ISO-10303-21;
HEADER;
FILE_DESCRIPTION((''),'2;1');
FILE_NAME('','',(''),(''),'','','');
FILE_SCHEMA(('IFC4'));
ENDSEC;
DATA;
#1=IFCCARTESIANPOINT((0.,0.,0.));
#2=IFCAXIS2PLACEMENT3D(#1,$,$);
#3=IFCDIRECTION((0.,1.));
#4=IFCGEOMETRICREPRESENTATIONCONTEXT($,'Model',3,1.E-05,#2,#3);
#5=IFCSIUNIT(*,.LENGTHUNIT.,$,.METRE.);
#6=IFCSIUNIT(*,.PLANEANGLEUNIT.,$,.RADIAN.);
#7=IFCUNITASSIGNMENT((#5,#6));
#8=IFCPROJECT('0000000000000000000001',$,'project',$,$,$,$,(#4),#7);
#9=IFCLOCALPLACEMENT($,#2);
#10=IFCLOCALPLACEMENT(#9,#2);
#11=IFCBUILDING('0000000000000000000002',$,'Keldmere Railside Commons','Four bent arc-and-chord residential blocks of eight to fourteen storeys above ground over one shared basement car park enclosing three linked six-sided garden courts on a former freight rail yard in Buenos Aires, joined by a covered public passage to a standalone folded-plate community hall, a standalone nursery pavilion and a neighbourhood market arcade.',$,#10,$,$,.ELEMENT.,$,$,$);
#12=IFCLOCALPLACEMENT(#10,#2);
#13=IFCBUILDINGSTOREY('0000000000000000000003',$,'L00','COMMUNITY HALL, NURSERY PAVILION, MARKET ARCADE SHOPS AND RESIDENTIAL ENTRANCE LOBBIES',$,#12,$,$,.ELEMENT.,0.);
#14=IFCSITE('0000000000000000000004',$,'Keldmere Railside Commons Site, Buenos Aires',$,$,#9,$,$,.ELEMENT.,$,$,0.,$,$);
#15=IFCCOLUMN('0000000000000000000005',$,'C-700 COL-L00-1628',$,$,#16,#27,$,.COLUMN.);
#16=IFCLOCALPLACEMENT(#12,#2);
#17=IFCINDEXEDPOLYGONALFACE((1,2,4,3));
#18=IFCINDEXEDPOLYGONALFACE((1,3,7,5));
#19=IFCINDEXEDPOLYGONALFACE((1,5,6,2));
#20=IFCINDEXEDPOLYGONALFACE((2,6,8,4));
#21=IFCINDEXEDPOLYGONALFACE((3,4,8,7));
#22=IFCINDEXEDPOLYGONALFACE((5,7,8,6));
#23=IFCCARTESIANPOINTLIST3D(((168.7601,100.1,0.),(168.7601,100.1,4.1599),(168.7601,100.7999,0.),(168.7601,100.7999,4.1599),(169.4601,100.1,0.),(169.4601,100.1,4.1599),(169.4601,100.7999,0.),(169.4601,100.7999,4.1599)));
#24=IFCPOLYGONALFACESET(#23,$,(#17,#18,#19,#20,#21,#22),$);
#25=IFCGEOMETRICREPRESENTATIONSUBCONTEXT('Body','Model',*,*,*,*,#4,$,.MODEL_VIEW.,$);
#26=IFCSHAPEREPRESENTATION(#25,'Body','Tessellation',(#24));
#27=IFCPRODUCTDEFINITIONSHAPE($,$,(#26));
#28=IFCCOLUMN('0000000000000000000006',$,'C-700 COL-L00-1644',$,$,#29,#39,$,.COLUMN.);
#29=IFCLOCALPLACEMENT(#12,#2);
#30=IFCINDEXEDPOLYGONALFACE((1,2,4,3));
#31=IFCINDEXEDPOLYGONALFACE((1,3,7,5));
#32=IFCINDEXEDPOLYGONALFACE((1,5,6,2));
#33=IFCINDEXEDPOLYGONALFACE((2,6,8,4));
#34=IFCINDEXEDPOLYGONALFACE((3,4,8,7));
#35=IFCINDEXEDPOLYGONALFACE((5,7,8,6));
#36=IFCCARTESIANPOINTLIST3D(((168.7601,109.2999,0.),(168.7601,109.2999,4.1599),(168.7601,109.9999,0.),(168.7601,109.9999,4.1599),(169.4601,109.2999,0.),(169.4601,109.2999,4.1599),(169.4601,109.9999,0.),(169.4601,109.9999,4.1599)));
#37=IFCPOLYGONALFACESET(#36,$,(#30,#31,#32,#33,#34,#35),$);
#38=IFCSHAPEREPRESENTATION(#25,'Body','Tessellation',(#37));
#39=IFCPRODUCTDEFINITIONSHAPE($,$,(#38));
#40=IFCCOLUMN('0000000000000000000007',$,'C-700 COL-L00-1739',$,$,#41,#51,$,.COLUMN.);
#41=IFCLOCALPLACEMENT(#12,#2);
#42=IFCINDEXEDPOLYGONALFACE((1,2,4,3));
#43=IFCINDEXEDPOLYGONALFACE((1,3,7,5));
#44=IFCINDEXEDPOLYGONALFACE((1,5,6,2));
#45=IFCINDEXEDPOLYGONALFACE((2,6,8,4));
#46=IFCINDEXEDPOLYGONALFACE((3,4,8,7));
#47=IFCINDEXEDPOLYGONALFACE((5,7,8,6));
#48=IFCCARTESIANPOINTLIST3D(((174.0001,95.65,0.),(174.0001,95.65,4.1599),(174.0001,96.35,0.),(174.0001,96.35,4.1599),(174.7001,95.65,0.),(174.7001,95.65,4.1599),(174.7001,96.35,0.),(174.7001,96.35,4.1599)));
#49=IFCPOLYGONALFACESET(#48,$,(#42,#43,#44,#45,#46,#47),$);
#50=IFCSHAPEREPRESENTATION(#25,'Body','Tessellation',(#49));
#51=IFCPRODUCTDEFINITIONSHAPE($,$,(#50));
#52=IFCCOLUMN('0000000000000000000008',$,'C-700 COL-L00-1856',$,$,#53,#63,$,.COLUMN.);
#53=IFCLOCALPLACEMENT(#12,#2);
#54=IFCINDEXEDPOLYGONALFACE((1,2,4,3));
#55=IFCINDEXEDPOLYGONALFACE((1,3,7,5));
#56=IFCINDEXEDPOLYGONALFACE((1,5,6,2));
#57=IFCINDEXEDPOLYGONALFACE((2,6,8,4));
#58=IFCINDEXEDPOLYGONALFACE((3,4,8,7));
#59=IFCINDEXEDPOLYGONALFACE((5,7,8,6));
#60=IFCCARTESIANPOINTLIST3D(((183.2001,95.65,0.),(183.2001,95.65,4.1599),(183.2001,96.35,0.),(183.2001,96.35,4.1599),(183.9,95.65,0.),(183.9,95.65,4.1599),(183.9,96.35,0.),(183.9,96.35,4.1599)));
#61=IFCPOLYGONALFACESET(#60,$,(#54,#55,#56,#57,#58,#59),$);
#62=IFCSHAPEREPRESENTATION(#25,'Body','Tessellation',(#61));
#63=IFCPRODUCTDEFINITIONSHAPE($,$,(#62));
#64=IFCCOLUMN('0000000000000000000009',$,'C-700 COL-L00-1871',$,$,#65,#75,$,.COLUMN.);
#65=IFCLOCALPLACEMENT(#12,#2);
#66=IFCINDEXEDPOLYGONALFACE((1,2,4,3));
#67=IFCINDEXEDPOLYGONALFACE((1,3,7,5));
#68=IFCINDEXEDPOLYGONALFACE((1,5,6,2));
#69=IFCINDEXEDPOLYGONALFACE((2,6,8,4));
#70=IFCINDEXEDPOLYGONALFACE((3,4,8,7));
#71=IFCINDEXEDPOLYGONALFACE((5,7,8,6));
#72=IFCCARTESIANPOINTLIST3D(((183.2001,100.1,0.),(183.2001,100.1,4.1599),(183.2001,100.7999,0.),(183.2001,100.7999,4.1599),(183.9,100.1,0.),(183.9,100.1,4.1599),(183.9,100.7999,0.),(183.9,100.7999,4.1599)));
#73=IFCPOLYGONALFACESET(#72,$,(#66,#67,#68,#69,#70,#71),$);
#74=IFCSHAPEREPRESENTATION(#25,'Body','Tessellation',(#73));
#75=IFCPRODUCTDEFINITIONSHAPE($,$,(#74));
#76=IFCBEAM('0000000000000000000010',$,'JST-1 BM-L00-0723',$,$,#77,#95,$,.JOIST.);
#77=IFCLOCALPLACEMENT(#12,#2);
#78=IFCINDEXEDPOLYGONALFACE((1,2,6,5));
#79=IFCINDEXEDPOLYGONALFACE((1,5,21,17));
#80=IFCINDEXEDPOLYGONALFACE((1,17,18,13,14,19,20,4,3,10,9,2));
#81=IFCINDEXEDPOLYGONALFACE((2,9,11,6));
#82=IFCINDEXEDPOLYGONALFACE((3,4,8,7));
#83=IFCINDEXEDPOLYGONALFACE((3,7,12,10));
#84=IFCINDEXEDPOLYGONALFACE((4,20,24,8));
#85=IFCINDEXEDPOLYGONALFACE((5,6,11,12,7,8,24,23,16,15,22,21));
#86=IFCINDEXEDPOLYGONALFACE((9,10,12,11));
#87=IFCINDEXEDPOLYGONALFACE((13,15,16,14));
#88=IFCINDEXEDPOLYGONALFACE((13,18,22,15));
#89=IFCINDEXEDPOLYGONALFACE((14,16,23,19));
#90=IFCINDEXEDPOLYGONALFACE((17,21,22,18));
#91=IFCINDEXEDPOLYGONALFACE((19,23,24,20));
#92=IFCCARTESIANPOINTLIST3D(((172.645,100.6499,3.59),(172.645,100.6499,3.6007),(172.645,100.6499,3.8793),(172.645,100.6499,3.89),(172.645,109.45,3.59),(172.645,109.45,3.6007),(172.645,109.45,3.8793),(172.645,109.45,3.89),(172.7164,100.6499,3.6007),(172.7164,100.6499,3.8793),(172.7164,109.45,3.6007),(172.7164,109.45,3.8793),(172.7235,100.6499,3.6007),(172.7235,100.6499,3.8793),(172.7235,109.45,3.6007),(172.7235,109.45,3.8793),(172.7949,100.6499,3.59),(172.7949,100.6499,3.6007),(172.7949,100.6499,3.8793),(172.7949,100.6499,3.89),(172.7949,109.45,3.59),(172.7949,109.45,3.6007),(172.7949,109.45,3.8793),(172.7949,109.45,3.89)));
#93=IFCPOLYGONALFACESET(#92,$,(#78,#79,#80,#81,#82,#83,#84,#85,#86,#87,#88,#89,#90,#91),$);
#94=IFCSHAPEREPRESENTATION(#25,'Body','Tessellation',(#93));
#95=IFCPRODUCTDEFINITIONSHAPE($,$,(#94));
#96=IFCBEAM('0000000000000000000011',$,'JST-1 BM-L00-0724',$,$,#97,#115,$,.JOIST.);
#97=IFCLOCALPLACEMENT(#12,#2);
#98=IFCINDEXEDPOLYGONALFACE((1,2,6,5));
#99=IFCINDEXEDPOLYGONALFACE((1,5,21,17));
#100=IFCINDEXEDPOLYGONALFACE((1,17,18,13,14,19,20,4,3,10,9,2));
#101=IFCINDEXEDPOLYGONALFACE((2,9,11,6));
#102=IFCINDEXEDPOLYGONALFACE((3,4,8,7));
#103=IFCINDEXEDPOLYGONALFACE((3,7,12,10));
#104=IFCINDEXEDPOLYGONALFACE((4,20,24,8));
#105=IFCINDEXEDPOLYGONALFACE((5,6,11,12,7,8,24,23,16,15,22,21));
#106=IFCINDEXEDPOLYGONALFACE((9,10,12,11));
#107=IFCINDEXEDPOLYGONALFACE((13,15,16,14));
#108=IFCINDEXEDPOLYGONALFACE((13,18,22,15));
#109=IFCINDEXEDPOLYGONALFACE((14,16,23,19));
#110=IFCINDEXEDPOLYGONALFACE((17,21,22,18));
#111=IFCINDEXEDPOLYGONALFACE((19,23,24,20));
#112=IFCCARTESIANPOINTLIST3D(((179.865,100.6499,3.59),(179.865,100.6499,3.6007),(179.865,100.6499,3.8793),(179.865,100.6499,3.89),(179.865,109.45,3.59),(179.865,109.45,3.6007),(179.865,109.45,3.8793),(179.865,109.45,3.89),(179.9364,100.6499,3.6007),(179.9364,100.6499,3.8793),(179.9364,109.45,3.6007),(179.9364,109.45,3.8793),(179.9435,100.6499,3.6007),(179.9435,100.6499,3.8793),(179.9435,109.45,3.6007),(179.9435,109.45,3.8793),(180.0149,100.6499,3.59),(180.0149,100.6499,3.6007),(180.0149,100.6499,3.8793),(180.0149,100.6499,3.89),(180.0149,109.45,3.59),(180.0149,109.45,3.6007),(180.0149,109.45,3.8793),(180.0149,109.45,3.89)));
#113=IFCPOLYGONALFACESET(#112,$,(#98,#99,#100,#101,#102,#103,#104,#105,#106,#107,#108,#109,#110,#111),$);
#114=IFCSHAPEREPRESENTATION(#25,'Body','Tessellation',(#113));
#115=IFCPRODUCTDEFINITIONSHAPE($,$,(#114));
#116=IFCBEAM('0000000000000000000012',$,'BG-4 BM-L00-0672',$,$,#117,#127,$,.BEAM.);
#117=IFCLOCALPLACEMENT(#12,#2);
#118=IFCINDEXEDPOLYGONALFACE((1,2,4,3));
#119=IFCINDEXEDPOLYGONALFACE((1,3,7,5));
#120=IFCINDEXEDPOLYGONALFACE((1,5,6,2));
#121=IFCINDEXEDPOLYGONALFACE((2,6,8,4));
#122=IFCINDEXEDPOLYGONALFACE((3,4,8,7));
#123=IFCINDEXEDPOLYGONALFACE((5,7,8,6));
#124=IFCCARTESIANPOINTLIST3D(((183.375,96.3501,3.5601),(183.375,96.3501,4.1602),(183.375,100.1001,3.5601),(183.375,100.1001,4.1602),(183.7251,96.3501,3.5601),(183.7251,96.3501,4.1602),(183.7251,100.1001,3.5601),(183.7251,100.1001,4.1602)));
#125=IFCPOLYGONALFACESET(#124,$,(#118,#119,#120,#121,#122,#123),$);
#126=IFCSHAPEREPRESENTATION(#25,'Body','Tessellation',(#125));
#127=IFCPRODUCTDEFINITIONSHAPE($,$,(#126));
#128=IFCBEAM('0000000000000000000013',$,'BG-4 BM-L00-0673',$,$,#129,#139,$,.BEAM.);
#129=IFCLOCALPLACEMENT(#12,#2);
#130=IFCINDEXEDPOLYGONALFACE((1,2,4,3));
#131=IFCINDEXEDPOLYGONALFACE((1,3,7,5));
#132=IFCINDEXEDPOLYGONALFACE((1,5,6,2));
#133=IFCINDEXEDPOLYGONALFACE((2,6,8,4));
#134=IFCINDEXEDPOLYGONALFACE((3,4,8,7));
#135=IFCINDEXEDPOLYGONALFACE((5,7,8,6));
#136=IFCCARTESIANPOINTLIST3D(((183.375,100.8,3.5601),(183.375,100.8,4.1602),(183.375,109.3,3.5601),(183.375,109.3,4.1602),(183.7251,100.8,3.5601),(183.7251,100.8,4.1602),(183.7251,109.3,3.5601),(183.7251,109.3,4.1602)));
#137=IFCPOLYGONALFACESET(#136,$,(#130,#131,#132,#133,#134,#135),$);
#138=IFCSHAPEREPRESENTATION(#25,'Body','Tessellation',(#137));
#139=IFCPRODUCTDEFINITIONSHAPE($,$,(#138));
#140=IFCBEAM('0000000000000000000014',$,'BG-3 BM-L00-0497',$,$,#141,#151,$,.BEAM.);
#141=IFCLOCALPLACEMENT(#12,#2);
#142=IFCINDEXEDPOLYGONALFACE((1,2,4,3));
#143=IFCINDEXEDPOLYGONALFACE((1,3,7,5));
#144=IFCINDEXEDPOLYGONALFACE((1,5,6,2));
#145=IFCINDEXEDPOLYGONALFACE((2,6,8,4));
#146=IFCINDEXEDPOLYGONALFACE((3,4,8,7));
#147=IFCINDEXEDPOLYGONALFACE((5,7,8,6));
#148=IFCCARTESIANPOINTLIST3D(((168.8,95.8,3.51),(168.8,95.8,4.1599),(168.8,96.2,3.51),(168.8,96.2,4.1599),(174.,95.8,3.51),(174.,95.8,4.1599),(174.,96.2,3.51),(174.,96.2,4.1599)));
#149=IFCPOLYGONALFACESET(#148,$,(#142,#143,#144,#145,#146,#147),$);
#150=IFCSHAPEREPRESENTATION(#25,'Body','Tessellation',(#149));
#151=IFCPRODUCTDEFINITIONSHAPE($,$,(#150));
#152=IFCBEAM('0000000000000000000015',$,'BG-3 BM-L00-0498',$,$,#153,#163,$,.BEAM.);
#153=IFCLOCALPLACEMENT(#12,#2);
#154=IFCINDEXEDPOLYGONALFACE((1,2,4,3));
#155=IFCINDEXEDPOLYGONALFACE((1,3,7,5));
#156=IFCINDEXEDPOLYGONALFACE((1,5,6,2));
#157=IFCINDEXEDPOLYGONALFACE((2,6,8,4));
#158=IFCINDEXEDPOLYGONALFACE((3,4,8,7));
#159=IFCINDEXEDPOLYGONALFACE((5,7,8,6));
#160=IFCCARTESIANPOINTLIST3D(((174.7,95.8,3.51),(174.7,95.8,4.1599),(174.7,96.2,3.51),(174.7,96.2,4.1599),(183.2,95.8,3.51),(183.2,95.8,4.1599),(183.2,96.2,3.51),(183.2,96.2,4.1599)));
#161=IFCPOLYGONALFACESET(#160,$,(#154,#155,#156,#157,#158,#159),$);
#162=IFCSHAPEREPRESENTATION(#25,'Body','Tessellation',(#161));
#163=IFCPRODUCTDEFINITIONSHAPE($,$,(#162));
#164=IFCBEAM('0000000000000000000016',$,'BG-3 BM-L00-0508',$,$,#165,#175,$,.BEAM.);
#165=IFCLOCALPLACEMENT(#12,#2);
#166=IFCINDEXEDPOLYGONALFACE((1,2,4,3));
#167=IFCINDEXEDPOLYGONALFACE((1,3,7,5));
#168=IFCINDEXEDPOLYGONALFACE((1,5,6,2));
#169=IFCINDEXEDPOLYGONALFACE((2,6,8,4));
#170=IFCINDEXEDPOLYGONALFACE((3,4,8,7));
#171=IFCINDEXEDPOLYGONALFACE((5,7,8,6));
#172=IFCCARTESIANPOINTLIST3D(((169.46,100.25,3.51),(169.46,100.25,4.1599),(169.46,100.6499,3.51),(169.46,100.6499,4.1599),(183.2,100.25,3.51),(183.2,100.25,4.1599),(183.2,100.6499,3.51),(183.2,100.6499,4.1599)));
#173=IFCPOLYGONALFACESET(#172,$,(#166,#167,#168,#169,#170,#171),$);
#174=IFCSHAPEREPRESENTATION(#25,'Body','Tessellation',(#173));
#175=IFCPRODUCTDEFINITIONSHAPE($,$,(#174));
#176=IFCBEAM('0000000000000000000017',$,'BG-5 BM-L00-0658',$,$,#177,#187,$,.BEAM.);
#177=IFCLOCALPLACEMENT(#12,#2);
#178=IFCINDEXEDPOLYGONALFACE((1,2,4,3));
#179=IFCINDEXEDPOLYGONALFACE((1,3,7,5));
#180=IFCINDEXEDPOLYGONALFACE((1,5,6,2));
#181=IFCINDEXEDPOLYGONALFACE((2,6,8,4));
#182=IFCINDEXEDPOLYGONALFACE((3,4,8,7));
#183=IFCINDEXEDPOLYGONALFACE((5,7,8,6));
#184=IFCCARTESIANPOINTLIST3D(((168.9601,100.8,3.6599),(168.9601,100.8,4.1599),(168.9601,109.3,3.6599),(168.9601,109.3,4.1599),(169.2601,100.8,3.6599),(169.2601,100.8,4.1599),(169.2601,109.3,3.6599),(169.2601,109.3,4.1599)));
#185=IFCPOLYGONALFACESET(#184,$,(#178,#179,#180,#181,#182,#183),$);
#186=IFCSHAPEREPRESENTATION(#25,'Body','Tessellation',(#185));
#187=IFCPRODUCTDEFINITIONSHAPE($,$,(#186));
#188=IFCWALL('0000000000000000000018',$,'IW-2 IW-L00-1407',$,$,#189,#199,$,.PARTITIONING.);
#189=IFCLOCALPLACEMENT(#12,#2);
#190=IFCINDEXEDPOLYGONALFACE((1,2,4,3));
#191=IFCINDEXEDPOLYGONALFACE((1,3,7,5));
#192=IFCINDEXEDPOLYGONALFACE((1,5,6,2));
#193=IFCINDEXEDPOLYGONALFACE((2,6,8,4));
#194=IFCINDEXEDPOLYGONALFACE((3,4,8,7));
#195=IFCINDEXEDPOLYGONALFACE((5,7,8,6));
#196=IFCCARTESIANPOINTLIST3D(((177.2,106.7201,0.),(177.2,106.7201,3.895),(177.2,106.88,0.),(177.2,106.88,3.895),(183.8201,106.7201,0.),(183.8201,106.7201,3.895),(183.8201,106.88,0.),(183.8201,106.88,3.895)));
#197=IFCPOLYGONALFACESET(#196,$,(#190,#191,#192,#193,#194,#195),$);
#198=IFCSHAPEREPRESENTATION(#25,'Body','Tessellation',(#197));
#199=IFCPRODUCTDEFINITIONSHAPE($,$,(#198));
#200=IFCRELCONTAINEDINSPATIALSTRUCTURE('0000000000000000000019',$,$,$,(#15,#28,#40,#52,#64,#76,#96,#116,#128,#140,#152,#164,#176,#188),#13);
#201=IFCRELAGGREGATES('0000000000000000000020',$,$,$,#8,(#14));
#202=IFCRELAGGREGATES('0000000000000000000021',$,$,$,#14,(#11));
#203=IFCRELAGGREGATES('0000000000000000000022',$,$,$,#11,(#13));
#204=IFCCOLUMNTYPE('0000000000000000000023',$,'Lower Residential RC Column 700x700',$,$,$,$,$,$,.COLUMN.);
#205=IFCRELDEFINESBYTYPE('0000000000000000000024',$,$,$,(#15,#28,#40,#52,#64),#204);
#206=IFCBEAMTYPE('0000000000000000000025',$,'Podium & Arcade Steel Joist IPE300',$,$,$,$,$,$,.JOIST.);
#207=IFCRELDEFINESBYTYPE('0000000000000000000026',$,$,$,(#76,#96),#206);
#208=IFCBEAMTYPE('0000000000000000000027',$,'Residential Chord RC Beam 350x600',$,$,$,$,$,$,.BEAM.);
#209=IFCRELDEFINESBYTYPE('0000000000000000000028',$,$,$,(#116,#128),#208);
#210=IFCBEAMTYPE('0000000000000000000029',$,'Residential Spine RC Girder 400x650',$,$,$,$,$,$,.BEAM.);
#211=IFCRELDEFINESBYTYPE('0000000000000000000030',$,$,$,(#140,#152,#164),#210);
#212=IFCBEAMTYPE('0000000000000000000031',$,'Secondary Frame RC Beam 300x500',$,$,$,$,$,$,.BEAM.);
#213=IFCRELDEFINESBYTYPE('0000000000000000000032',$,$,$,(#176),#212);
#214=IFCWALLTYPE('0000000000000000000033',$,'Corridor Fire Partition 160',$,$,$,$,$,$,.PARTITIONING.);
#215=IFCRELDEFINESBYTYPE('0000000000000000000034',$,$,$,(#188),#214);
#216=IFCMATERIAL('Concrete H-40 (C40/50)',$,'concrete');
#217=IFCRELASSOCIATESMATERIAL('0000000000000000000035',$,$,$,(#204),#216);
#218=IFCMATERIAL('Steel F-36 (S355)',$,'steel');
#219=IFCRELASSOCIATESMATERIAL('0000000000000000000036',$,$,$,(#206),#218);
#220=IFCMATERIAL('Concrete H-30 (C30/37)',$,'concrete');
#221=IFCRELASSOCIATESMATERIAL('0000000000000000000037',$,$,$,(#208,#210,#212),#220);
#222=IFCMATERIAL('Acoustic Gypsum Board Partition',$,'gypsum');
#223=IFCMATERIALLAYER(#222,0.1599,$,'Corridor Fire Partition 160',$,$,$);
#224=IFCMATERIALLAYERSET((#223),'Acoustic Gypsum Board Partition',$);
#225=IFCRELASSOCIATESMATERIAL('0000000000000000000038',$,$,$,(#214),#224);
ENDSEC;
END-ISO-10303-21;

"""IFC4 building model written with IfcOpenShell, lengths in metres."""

from ifc_helpers import new_model, si_unit, direction, frame, frame_2d, origin, origin_2d, place, context, subcontext, project, spatial, rectangle, i_section, extrude, material, layer, layer_set, material_profile, profile_set, type_object, element, save


model = new_model("IFC4")

# Units and contexts
model_context = context("Model", 3, precision=1e-05, world=origin(), true_north=direction((0.0, 1.0)))
body_context = subcontext(model_context, "Body", "Model", "MODEL_VIEW")
ifc_project = project(units=[si_unit("LENGTHUNIT", "METRE"), si_unit("PLANEANGLEUNIT", "RADIAN")], contexts=[model_context])

# Site, building, storey
site_placement = place(None, origin())
site = spatial("IfcSite", under=ifc_project, at=site_placement, Name="Keldmere Railside Commons Site, Buenos Aires", CompositionType="ELEMENT", RefElevation=0.0)
building_placement = place(site_placement, origin())
building = spatial("IfcBuilding", under=site, at=building_placement, Name="Keldmere Railside Commons", Description="Four bent arc-and-chord residential blocks of eight to fourteen storeys above ground over one shared basement car park enclosing three linked six-sided garden courts on a former freight rail yard in Buenos Aires, joined by a covered public passage to a standalone folded-plate community hall, a standalone nursery pavilion and a neighbourhood market arcade.", CompositionType="ELEMENT")
storey_placement = place(building_placement, origin())
storey = spatial("IfcBuildingStorey", under=building, at=storey_placement, Name="L00", Description="COMMUNITY HALL, NURSERY PAVILION, MARKET ARCADE SHOPS AND RESIDENTIAL ENTRANCE LOBBIES", CompositionType="ELEMENT", Elevation=0.0)

# Columns
ifc_material_1 = material(Name="Concrete H-40 (C40/50)", Category="concrete")
ifc_material_profile_1 = material_profile(ifc_material_1, rectangle(XDim=0.7, YDim=0.7, at=origin_2d()), Name="RC-700x700")
ifc_profile_set_1 = profile_set([ifc_material_profile_1], Name="Concrete H-40 (C40/50)")
column_type = type_object("IfcColumnType", Name="Lower Residential RC Column 700x700", PredefinedType="COLUMN", material=ifc_profile_set_1)
for number, where, z_axis, x_axis, name in (
    (1, (169.1101, 100.45, 0.0), (0.0, 0.0, 1.0), (1.0, 0.0, 0.0), "C-700 COL-L00-1628"),
    (2, (169.1101, 109.6499, 0.0), (0.0, 0.0, 1.0), (1.0, 0.0, 0.0), "C-700 COL-L00-1644"),
    (3, (174.3501, 96.0, 0.0), (0.0, 0.0, 1.0), (1.0, 0.0, 0.0), "C-700 COL-L00-1739"),
    (4, (183.55, 96.0, 0.0), (0.0, 0.0, 1.0), (1.0, 0.0, 0.0), "C-700 COL-L00-1856"),
    (5, (183.55, 100.45, 0.0), (0.0, 0.0, 1.0), (1.0, 0.0, 0.0), "C-700 COL-L00-1871"),
):
    element("IfcColumn", number, at=place(storey_placement, frame(where, z_axis=z_axis, x_axis=x_axis)), inside=storey, type_object=column_type, Name=name, PredefinedType="COLUMN", context=body_context, shape_type="SweptSolid", body=[
        extrude(rectangle(XDim=0.7, YDim=0.7, at=origin_2d()), origin(), (0.0, 0.0, 1.0), 4.1599),
    ])

# Beams
ifc_material_2 = material(Name="Steel F-36 (S355)", Category="steel")
ifc_material_profile_2 = material_profile(ifc_material_2, i_section(OverallWidth=0.1499, OverallDepth=0.3, WebThickness=0.0071, FlangeThickness=0.0107, at=origin_2d()), Name="IPE-300")
ifc_profile_set_2 = profile_set([ifc_material_profile_2], Name="Steel F-36 (S355)")
beam_type_1 = type_object("IfcBeamType", Name="Podium & Arcade Steel Joist IPE300", PredefinedType="JOIST", material=ifc_profile_set_2)
for number, where, z_axis, x_axis, name in (
    (6, (172.72, 100.6499, 3.74), (0.0, 1.0, 0.0), (-1.0, 0.0, 0.0), "JST-1 BM-L00-0723"),
    (7, (179.9399, 100.6499, 3.74), (0.0, 1.0, 0.0), (-1.0, 0.0, 0.0), "JST-1 BM-L00-0724"),
):
    element("IfcBeam", number, at=place(storey_placement, frame(where, z_axis=z_axis, x_axis=x_axis)), inside=storey, type_object=beam_type_1, Name=name, PredefinedType="JOIST", context=body_context, shape_type="SweptSolid", body=[
        extrude(i_section(OverallWidth=0.1499, OverallDepth=0.3, WebThickness=0.0071, FlangeThickness=0.0107, at=origin_2d()), origin(), (0.0, 0.0, 1.0), 8.8),
    ])
ifc_material_3 = material(Name="Concrete H-30 (C30/37)", Category="concrete")
ifc_material_profile_3 = material_profile(ifc_material_3, rectangle(XDim=0.3501, YDim=0.6001, at=origin_2d()), Name="RC-350x600")
ifc_profile_set_3 = profile_set([ifc_material_profile_3], Name="Concrete H-30 (C30/37)")
beam_type_2 = type_object("IfcBeamType", Name="Residential Chord RC Beam 350x600", PredefinedType="BEAM", material=ifc_profile_set_3)
beam_1_placement = place(storey_placement, frame((183.55, 96.3501, 3.8601), z_axis=(0.0, 1.0, 0.0), x_axis=(-1.0, 0.0, 0.0)))
element("IfcBeam", 8, at=beam_1_placement, inside=storey, type_object=beam_type_2, Name="BG-4 BM-L00-0672", PredefinedType="BEAM", context=body_context, shape_type="SweptSolid", body=[
    extrude(rectangle(XDim=0.3501, YDim=0.6001, at=origin_2d()), origin(), (0.0, 0.0, 1.0), 3.75),
])
beam_2_placement = place(storey_placement, frame((183.55, 100.8, 3.8601), z_axis=(0.0, 1.0, 0.0), x_axis=(-1.0, 0.0, 0.0)))
element("IfcBeam", 9, at=beam_2_placement, inside=storey, type_object=beam_type_2, Name="BG-4 BM-L00-0673", PredefinedType="BEAM", context=body_context, shape_type="SweptSolid", body=[
    extrude(rectangle(XDim=0.3501, YDim=0.6001, at=origin_2d()), origin(), (0.0, 0.0, 1.0), 8.5),
])
ifc_material_profile_4 = material_profile(ifc_material_3, rectangle(XDim=0.3999, YDim=0.6499, at=origin_2d()), Name="RC-400x650")
ifc_profile_set_4 = profile_set([ifc_material_profile_4], Name="Concrete H-30 (C30/37)")
beam_type_3 = type_object("IfcBeamType", Name="Residential Spine RC Girder 400x650", PredefinedType="BEAM", material=ifc_profile_set_4)
beam_3_placement = place(storey_placement, frame((168.8, 96.0, 3.835), z_axis=(1.0, 0.0, 0.0), x_axis=(0.0, 1.0, 0.0)))
element("IfcBeam", 10, at=beam_3_placement, inside=storey, type_object=beam_type_3, Name="BG-3 BM-L00-0497", PredefinedType="BEAM", context=body_context, shape_type="SweptSolid", body=[
    extrude(rectangle(XDim=0.3999, YDim=0.6499, at=origin_2d()), origin(), (0.0, 0.0, 1.0), 5.2),
])
beam_4_placement = place(storey_placement, frame((174.7, 96.0, 3.835), z_axis=(1.0, 0.0, 0.0), x_axis=(0.0, 1.0, 0.0)))
element("IfcBeam", 11, at=beam_4_placement, inside=storey, type_object=beam_type_3, Name="BG-3 BM-L00-0498", PredefinedType="BEAM", context=body_context, shape_type="SweptSolid", body=[
    extrude(rectangle(XDim=0.3999, YDim=0.6499, at=origin_2d()), origin(), (0.0, 0.0, 1.0), 8.5),
])
beam_5_placement = place(storey_placement, frame((169.46, 100.45, 3.835), z_axis=(1.0, 0.0, 0.0), x_axis=(0.0, 1.0, 0.0)))
element("IfcBeam", 12, at=beam_5_placement, inside=storey, type_object=beam_type_3, Name="BG-3 BM-L00-0508", PredefinedType="BEAM", context=body_context, shape_type="SweptSolid", body=[
    extrude(rectangle(XDim=0.3999, YDim=0.6499, at=origin_2d()), origin(), (0.0, 0.0, 1.0), 13.74),
])
ifc_material_profile_5 = material_profile(ifc_material_3, rectangle(XDim=0.3, YDim=0.5, at=origin_2d()), Name="RC-300x500")
ifc_profile_set_5 = profile_set([ifc_material_profile_5], Name="Concrete H-30 (C30/37)")
beam_type_4 = type_object("IfcBeamType", Name="Secondary Frame RC Beam 300x500", PredefinedType="BEAM", material=ifc_profile_set_5)
beam_6_placement = place(storey_placement, frame((169.1101, 100.8, 3.9099), z_axis=(0.0, 1.0, 0.0), x_axis=(-1.0, 0.0, 0.0)))
element("IfcBeam", 13, at=beam_6_placement, inside=storey, type_object=beam_type_4, Name="BG-5 BM-L00-0658", PredefinedType="BEAM", context=body_context, shape_type="SweptSolid", body=[
    extrude(rectangle(XDim=0.3, YDim=0.5, at=origin_2d()), origin(), (0.0, 0.0, 1.0), 8.5),
])

# Wall
ifc_material_4 = material(Name="Acoustic Gypsum Board Partition", Category="gypsum")
ifc_layer_1 = layer(ifc_material_4, 0.1599, Name="Corridor Fire Partition 160")
ifc_layer_set_1 = layer_set([ifc_layer_1], Name="Acoustic Gypsum Board Partition")
wall_type_1 = type_object("IfcWallType", Name="Corridor Fire Partition 160", PredefinedType="PARTITIONING", material=ifc_layer_set_1)
wall_1_placement = place(storey_placement, frame((177.2, 106.8, 0.0), z_axis=(0.0, 0.0, 1.0), x_axis=(1.0, 0.0, 0.0)))
element("IfcWall", 14, at=wall_1_placement, inside=storey, type_object=wall_type_1, Name="IW-2 IW-L00-1407", PredefinedType="PARTITIONING", context=body_context, shape_type="SweptSolid", body=[
    extrude(rectangle(XDim=6.6201, YDim=0.1599, at=frame_2d((3.3101, 0.0))), origin(), (0.0, 0.0, 1.0), 3.895),
])

save(model, "model.ifc")
